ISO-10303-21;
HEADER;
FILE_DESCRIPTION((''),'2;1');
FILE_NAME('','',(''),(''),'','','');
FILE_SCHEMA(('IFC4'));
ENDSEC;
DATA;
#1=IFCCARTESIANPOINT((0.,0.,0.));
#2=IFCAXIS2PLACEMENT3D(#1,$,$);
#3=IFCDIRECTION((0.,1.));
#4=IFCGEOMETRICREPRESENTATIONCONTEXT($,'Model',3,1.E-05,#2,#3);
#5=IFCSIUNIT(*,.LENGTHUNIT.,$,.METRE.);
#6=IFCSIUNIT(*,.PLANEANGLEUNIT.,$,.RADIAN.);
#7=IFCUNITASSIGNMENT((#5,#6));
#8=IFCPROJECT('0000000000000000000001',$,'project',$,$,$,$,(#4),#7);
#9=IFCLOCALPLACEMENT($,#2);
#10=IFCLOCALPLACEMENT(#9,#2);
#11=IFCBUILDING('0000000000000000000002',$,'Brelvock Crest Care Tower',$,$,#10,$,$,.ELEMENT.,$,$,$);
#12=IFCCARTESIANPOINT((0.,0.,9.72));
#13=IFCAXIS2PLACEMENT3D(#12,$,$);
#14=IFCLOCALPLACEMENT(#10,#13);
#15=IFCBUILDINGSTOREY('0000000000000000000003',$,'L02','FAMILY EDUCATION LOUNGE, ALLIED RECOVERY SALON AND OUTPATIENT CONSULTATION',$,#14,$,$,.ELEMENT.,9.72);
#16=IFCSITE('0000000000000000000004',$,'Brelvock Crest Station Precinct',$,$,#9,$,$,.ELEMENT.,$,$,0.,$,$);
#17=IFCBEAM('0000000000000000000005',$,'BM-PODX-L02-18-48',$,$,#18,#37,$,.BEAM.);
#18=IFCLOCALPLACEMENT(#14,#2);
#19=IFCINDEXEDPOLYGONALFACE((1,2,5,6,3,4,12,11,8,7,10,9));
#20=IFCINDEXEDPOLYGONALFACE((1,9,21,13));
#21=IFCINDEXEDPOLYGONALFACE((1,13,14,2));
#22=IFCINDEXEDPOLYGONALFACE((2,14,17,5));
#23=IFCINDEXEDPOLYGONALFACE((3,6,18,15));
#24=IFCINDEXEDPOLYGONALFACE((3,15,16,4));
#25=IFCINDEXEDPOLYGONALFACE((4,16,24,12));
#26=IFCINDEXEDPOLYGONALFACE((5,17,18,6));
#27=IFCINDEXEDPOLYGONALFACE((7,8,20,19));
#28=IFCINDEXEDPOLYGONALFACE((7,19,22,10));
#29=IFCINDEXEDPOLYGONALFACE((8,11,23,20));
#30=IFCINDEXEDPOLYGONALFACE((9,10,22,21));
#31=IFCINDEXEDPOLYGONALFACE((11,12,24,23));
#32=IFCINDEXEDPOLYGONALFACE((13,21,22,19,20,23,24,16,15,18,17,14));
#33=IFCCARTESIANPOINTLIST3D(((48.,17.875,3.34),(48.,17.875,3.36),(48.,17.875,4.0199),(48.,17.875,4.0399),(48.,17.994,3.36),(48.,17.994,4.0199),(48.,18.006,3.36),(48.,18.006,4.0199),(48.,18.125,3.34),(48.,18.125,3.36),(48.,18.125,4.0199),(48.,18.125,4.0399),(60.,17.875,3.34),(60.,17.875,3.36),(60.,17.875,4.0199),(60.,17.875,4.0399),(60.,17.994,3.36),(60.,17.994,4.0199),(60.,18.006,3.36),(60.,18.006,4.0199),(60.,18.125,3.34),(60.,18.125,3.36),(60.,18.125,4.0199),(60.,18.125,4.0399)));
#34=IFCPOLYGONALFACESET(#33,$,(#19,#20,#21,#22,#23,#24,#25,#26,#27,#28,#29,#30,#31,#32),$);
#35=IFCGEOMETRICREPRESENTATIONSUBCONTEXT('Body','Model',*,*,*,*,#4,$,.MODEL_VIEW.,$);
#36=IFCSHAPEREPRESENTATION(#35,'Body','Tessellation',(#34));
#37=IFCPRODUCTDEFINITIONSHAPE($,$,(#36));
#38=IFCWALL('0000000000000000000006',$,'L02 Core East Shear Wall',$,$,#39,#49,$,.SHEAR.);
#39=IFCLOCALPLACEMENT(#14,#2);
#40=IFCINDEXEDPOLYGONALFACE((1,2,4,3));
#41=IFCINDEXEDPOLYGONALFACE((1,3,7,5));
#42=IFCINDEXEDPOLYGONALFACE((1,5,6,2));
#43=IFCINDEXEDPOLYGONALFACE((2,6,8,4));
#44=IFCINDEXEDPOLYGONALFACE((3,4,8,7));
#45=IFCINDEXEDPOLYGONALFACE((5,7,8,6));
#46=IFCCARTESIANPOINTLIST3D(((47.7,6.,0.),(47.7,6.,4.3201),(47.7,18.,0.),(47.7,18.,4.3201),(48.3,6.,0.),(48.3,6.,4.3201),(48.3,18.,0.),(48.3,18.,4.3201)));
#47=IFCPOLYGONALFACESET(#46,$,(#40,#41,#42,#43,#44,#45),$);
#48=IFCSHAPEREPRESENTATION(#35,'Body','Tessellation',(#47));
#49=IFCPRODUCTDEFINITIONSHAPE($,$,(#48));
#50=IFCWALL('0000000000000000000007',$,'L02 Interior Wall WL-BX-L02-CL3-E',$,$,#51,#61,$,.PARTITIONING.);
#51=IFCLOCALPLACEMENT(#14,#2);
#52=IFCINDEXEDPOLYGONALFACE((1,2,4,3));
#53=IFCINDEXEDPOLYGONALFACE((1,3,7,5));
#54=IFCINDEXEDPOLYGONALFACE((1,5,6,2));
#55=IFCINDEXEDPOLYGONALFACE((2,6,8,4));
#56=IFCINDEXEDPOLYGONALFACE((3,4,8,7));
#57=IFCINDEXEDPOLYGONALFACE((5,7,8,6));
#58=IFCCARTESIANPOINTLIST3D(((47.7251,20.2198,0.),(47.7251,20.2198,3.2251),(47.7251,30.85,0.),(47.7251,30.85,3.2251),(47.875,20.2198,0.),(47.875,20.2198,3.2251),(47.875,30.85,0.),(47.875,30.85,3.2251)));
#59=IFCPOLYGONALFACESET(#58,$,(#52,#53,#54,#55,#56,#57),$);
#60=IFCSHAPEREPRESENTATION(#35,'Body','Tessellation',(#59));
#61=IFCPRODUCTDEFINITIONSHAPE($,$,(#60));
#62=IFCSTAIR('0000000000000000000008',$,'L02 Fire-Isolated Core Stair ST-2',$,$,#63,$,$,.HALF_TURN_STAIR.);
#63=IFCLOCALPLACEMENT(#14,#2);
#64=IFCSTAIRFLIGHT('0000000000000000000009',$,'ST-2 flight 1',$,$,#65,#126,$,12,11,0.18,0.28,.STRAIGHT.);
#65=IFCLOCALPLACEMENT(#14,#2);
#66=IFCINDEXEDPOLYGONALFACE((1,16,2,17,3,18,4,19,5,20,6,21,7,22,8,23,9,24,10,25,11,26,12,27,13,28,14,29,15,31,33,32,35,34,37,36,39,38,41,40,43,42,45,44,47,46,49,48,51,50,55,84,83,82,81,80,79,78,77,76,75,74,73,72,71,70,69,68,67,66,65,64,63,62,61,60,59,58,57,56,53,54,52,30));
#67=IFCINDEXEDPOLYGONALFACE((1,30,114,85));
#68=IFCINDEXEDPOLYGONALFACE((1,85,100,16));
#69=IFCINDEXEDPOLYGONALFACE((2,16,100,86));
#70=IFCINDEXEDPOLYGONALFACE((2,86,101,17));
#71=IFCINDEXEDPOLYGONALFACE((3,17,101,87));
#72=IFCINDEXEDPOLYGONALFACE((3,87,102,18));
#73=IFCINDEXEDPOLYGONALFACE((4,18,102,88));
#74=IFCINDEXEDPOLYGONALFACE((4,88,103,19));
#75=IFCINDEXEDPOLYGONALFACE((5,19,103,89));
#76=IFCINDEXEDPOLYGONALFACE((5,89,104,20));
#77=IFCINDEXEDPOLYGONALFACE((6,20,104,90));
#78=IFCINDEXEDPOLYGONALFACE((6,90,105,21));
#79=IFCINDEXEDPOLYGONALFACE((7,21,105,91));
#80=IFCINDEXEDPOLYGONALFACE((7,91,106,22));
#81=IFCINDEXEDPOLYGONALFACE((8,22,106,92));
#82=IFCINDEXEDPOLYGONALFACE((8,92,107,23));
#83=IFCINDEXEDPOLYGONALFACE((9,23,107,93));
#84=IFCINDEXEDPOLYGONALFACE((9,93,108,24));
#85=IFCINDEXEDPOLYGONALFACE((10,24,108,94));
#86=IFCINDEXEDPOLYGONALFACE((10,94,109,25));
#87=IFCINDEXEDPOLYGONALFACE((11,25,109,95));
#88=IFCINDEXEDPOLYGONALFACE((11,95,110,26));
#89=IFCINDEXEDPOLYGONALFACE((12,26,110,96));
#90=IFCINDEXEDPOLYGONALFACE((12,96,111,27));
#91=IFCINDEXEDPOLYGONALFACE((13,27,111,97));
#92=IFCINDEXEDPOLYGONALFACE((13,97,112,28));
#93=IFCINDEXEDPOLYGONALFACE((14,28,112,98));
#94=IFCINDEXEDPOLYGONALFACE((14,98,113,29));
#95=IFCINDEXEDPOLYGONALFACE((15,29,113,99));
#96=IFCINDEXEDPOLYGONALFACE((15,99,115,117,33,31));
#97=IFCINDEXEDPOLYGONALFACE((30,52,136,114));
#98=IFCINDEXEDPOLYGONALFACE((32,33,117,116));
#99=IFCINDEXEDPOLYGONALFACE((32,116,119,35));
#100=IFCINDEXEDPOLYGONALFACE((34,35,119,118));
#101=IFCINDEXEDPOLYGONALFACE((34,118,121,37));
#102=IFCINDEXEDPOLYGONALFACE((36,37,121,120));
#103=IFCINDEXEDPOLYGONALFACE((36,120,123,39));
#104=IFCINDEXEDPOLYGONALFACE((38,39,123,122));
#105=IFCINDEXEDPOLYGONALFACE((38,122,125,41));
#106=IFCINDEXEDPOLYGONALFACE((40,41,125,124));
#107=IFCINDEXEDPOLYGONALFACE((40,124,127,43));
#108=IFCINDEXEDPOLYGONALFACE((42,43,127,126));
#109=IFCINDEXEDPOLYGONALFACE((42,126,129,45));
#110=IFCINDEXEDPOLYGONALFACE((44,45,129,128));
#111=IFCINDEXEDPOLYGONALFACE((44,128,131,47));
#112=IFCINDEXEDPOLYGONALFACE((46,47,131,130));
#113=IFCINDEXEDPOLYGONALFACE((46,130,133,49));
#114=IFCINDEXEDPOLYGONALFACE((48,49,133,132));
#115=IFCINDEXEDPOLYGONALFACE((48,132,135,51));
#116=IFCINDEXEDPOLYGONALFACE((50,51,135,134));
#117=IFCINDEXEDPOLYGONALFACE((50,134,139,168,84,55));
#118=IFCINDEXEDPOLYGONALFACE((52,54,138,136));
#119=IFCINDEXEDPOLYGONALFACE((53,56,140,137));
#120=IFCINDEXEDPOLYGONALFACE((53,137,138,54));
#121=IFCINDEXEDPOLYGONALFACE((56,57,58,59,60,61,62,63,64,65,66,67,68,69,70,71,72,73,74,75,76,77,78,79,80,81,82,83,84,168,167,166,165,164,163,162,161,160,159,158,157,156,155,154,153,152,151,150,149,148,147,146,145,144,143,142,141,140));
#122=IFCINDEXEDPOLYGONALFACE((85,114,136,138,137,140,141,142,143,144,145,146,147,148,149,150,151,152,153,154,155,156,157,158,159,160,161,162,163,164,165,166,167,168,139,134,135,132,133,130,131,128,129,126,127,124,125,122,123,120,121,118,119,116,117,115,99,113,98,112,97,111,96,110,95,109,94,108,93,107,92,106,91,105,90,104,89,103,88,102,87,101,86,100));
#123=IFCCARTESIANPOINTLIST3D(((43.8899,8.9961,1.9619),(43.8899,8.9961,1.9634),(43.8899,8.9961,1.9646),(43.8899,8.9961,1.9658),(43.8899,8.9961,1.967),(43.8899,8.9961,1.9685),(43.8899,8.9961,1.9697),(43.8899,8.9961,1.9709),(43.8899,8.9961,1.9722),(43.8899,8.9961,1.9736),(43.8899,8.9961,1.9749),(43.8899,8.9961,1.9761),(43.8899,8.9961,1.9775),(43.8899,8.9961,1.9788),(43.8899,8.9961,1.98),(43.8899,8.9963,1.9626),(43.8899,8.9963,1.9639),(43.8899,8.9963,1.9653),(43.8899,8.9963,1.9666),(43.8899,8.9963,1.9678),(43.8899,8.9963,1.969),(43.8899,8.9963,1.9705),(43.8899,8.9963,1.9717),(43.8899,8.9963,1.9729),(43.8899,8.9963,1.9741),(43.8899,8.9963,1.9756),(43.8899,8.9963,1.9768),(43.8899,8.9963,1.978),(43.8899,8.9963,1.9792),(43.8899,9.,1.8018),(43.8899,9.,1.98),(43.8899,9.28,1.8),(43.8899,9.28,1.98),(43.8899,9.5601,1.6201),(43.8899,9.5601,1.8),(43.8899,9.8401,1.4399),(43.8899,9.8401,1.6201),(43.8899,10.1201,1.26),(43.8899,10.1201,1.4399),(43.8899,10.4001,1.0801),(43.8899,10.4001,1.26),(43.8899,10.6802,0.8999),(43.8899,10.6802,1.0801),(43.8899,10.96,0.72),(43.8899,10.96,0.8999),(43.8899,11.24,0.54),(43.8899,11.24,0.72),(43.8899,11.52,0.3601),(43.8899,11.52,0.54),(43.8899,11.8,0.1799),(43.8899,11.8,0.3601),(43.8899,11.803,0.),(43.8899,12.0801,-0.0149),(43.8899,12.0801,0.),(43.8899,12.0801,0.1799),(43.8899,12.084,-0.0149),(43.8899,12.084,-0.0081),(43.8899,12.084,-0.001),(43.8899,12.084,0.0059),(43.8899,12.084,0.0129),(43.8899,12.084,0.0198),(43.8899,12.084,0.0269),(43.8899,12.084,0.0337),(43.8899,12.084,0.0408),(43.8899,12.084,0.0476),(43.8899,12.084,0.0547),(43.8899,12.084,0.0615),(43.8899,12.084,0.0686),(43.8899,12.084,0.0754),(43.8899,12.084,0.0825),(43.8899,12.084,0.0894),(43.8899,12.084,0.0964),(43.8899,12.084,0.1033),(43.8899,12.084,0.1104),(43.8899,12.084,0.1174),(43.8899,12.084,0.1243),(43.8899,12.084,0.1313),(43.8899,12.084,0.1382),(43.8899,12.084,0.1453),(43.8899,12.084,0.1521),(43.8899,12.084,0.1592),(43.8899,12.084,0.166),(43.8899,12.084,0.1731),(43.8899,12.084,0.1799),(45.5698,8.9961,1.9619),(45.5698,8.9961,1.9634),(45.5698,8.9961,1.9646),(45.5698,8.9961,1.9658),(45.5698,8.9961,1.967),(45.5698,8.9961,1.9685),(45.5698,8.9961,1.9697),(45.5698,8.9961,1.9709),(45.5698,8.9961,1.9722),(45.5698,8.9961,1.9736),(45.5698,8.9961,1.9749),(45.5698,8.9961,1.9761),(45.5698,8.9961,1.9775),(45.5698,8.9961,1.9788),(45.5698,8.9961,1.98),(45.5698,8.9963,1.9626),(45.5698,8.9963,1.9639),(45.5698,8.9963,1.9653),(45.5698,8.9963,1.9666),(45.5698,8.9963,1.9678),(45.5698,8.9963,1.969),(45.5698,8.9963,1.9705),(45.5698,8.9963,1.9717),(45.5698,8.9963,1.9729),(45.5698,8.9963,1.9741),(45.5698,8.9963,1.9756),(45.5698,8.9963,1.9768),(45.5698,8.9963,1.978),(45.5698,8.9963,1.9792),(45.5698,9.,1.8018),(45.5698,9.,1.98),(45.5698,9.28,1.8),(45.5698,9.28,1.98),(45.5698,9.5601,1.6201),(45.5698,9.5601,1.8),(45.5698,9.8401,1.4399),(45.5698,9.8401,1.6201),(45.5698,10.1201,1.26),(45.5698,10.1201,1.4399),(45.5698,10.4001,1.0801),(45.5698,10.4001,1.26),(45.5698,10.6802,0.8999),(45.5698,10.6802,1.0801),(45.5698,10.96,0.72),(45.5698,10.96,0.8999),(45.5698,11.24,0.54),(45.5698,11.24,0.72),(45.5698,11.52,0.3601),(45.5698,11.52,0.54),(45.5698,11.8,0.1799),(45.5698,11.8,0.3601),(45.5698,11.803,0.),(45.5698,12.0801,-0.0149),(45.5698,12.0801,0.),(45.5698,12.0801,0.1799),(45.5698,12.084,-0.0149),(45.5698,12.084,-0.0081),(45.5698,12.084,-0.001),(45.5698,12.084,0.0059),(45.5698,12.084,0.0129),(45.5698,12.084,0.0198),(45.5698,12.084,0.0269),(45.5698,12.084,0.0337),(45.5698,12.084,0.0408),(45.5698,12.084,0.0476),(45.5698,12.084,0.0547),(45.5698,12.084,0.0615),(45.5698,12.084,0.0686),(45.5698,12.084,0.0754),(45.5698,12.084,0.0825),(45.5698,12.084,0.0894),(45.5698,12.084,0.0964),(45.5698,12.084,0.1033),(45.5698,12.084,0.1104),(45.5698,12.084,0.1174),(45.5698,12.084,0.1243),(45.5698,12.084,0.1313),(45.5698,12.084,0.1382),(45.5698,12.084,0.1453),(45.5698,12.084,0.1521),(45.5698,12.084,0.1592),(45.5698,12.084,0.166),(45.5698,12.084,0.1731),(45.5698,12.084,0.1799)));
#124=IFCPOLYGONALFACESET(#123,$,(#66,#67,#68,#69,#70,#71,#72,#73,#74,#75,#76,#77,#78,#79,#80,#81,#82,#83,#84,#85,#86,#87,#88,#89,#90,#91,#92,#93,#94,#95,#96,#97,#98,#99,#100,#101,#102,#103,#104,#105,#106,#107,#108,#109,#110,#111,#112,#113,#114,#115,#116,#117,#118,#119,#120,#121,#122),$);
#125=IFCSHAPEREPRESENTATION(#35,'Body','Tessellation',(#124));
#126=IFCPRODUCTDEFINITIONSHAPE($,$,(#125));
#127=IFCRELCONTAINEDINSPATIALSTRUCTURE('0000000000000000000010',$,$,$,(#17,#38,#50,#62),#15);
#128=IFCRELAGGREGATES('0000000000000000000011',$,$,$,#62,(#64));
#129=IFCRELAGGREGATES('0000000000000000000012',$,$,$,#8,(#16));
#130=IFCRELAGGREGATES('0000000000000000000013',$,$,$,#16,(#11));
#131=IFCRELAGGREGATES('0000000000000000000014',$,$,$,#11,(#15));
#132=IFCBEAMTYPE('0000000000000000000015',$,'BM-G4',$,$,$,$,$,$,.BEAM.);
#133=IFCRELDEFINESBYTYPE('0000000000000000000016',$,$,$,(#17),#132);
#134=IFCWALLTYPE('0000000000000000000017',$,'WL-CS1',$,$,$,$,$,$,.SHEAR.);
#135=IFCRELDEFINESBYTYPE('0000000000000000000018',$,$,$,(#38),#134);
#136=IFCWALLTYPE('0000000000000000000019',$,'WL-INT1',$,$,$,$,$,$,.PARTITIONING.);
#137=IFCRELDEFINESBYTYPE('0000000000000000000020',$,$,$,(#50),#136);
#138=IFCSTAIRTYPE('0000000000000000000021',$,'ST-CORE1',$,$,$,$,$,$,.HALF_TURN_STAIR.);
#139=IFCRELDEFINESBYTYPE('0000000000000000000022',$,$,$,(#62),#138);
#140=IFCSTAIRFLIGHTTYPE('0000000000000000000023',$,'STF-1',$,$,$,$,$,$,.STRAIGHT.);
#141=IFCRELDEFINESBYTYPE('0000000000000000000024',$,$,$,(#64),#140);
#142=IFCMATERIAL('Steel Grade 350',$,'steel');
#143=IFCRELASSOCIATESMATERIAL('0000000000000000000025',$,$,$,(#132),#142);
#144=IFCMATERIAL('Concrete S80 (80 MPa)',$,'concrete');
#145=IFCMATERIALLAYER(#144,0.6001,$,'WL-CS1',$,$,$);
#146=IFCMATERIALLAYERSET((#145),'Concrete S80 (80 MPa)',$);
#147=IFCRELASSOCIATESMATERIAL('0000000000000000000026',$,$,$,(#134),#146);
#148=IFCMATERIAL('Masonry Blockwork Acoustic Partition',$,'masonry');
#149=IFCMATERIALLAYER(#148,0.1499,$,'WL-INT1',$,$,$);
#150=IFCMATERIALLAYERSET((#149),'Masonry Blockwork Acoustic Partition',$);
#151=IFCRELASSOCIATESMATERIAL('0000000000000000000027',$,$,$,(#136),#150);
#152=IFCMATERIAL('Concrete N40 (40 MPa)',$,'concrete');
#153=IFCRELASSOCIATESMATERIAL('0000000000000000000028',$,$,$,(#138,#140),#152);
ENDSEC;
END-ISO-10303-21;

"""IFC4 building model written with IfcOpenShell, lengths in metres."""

from ifc_helpers import new_model, si_unit, direction, frame, frame_2d, origin, origin_2d, place, context, subcontext, project, spatial, polyline, rectangle, i_section, outline, extrude, source, transform, mapped, material, layer, layer_set, material_profile, profile_set, type_object, element, aggregate, save


model = new_model("IFC4")

# Units and contexts
model_context = context("Model", 3, precision=1e-05, world=origin(), true_north=direction((0.0, 1.0)))
body_context = subcontext(model_context, "Body", "Model", "MODEL_VIEW")
ifc_project = project(units=[si_unit("LENGTHUNIT", "METRE"), si_unit("PLANEANGLEUNIT", "RADIAN")], contexts=[model_context])

# Site, building, storey
site_placement = place(None, origin())
site = spatial("IfcSite", under=ifc_project, at=site_placement, Name="Brelvock Crest Station Precinct", CompositionType="ELEMENT", RefElevation=0.0)
building_placement = place(site_placement, origin())
building = spatial("IfcBuilding", under=site, at=building_placement, Name="Brelvock Crest Care Tower", CompositionType="ELEMENT")
storey_placement = place(building_placement, frame((0.0, 0.0, 9.72)))
storey = spatial("IfcBuildingStorey", under=building, at=storey_placement, Name="L02", Description="FAMILY EDUCATION LOUNGE, ALLIED RECOVERY SALON AND OUTPATIENT CONSULTATION", CompositionType="ELEMENT", Elevation=9.72)

# Shared definitions
ifc_material_1 = material(Name="Concrete S80 (80 MPa)", Category="concrete")

# Beam
ifc_material_2 = material(Name="Steel Grade 350", Category="steel")
ifc_material_profile_1 = material_profile(ifc_material_2, i_section(OverallWidth=0.25, OverallDepth=0.7, WebThickness=0.012, FlangeThickness=0.02, at=origin_2d()), Name="700WB150")
ifc_profile_set_1 = profile_set([ifc_material_profile_1], Name="Steel Grade 350")
beam_type_1 = type_object("IfcBeamType", Name="BM-G4", PredefinedType="BEAM", material=ifc_profile_set_1)
shared_shape_1 = source(origin(), body_context, "Body", "SweptSolid", [
    extrude(i_section(OverallWidth=0.25, OverallDepth=0.7, WebThickness=0.012, FlangeThickness=0.02, at=origin_2d()), origin(), (0.0, 0.0, 1.0), 12.0),
])
beam_1_placement = place(storey_placement, frame((48.0, 18.0, 3.6899), z_axis=(1.0, 0.0, 0.0), x_axis=(0.0, 1.0, 0.0)))
element("IfcBeam", 1, at=beam_1_placement, inside=storey, type_object=beam_type_1, Name="BM-PODX-L02-18-48", PredefinedType="BEAM", context=body_context, shape_type="MappedRepresentation", body=[
    mapped(shared_shape_1, transform((0.0, 0.0, 0.0), x_axis=(1.0, 0.0, 0.0), y_axis=(0.0, 1.0, 0.0), z_axis=(0.0, 0.0, 1.0), scale=1.0)),
])

# Walls
ifc_layer_1 = layer(ifc_material_1, 0.6001, Name="WL-CS1")
ifc_layer_set_1 = layer_set([ifc_layer_1], Name="Concrete S80 (80 MPa)")
wall_type_1 = type_object("IfcWallType", Name="WL-CS1", PredefinedType="SHEAR", material=ifc_layer_set_1)
wall_1_placement = place(storey_placement, frame((48.0, 18.0, 0.0), z_axis=(0.0, 0.0, 1.0), x_axis=(0.0, -1.0, 0.0)))
element("IfcWall", 2, at=wall_1_placement, inside=storey, type_object=wall_type_1, Name="L02 Core East Shear Wall", PredefinedType="SHEAR", context=body_context, shape_type="SweptSolid", body=[
    extrude(rectangle(XDim=12.0, YDim=0.6001, at=frame_2d((6.0, 0.0))), origin(), (0.0, 0.0, 1.0), 4.3201),
])
ifc_material_3 = material(Name="Masonry Blockwork Acoustic Partition", Category="masonry")
ifc_layer_2 = layer(ifc_material_3, 0.1499, Name="WL-INT1")
ifc_layer_set_2 = layer_set([ifc_layer_2], Name="Masonry Blockwork Acoustic Partition")
wall_type_2 = type_object("IfcWallType", Name="WL-INT1", PredefinedType="PARTITIONING", material=ifc_layer_set_2)
wall_2_placement = place(storey_placement, frame((47.8, 20.22, 0.0), z_axis=(0.0, 0.0, 1.0), x_axis=(0.0, 1.0, 0.0)))
element("IfcWall", 3, at=wall_2_placement, inside=storey, type_object=wall_type_2, Name="L02 Interior Wall WL-BX-L02-CL3-E", PredefinedType="PARTITIONING", context=body_context, shape_type="SweptSolid", body=[
    extrude(rectangle(XDim=10.6301, YDim=0.1499, at=frame_2d((5.3149, 0.0))), origin(), (0.0, 0.0, 1.0), 3.2251),
])

# Stair, stair flight
ifc_material_4 = material(Name="Concrete N40 (40 MPa)", Category="concrete")
stair_type = type_object("IfcStairType", Name="ST-CORE1", PredefinedType="HALF_TURN_STAIR", material=ifc_material_4)
stair_placement = place(storey_placement, origin())
stair = element("IfcStair", 4, at=stair_placement, inside=storey, type_object=stair_type, Name="L02 Fire-Isolated Core Stair ST-2", PredefinedType="HALF_TURN_STAIR")
stair_flight_type = type_object("IfcStairFlightType", Name="STF-1", PredefinedType="STRAIGHT", material=ifc_material_4)
stair_flight_1_placement = place(storey_placement, frame((44.73, 12.0801, 0.0), z_axis=(0.0, 0.0, 1.0), x_axis=(0.0, -1.0, 0.0)))
stair_flight_1 = element("IfcStairFlight", 5, at=stair_flight_1_placement, type_object=stair_flight_type, Name="ST-2 flight 1", NumberOfRisers=12, NumberOfTreads=11, PredefinedType="STRAIGHT", RiserHeight=0.18, TreadLength=0.28, context=body_context, shape_type="SweptSolid", body=[
    extrude(outline(polyline([(-0.0039, -0.0149), (-0.0039, -0.0081), (-0.0039, -0.001), (-0.0039, 0.0059), (-0.0039, 0.0129), (-0.0039, 0.0198), (-0.0039, 0.0269), (-0.0039, 0.0337), (-0.0039, 0.0408), (-0.0039, 0.0476), (-0.0039, 0.0547), (-0.0039, 0.0615), (-0.0039, 0.0686), (-0.0039, 0.0754), (-0.0039, 0.0825), (-0.0039, 0.0894), (-0.0039, 0.0964), (-0.0039, 0.1033), (-0.0039, 0.1104), (-0.0039, 0.1174), (-0.0039, 0.1243), (-0.0039, 0.1313), (-0.0039, 0.1382), (-0.0039, 0.1453), (-0.0039, 0.1521), (-0.0039, 0.1592), (-0.0039, 0.166), (-0.0039, 0.1731), (-0.0039, 0.1799), (0.0, 0.1799), (0.28, 0.1799), (0.28, 0.3601), (0.5601, 0.3601), (0.5601, 0.54), (0.8401, 0.54), (0.8401, 0.72), (1.1201, 0.72), (1.1201, 0.8999), (1.3999, 0.8999), (1.3999, 1.0801), (1.6799, 1.0801), (1.6799, 1.26), (1.96, 1.26), (1.96, 1.4399), (2.24, 1.4399), (2.24, 1.6201), (2.52, 1.6201), (2.52, 1.8), (2.8, 1.8), (2.8, 1.98), (3.0801, 1.98), (3.084, 1.98), (3.0837, 1.9792), (3.084, 1.9788), (3.0837, 1.978), (3.084, 1.9775), (3.0837, 1.9768), (3.084, 1.9761), (3.0837, 1.9756), (3.084, 1.9749), (3.0837, 1.9741), (3.084, 1.9736), (3.0837, 1.9729), (3.084, 1.9722), (3.0837, 1.9717), (3.084, 1.9709), (3.0837, 1.9705), (3.084, 1.9697), (3.0837, 1.969), (3.084, 1.9685), (3.0837, 1.9678), (3.084, 1.967), (3.0837, 1.9666), (3.084, 1.9658), (3.0837, 1.9653), (3.084, 1.9646), (3.0837, 1.9639), (3.084, 1.9634), (3.0837, 1.9626), (3.084, 1.9619), (3.0801, 1.8018), (0.2771, 0.0), (0.0, 0.0), (0.0, -0.0149), (-0.0039, -0.0149)])), frame((0.0, 0.8398, 0.0), z_axis=(0.0, -1.0, 0.0), x_axis=(1.0, 0.0, 0.0)), (0.0, 0.0, 1.0), 1.6799),
])
aggregate(stair, [stair_flight_1])

save(model, "model.ifc")
